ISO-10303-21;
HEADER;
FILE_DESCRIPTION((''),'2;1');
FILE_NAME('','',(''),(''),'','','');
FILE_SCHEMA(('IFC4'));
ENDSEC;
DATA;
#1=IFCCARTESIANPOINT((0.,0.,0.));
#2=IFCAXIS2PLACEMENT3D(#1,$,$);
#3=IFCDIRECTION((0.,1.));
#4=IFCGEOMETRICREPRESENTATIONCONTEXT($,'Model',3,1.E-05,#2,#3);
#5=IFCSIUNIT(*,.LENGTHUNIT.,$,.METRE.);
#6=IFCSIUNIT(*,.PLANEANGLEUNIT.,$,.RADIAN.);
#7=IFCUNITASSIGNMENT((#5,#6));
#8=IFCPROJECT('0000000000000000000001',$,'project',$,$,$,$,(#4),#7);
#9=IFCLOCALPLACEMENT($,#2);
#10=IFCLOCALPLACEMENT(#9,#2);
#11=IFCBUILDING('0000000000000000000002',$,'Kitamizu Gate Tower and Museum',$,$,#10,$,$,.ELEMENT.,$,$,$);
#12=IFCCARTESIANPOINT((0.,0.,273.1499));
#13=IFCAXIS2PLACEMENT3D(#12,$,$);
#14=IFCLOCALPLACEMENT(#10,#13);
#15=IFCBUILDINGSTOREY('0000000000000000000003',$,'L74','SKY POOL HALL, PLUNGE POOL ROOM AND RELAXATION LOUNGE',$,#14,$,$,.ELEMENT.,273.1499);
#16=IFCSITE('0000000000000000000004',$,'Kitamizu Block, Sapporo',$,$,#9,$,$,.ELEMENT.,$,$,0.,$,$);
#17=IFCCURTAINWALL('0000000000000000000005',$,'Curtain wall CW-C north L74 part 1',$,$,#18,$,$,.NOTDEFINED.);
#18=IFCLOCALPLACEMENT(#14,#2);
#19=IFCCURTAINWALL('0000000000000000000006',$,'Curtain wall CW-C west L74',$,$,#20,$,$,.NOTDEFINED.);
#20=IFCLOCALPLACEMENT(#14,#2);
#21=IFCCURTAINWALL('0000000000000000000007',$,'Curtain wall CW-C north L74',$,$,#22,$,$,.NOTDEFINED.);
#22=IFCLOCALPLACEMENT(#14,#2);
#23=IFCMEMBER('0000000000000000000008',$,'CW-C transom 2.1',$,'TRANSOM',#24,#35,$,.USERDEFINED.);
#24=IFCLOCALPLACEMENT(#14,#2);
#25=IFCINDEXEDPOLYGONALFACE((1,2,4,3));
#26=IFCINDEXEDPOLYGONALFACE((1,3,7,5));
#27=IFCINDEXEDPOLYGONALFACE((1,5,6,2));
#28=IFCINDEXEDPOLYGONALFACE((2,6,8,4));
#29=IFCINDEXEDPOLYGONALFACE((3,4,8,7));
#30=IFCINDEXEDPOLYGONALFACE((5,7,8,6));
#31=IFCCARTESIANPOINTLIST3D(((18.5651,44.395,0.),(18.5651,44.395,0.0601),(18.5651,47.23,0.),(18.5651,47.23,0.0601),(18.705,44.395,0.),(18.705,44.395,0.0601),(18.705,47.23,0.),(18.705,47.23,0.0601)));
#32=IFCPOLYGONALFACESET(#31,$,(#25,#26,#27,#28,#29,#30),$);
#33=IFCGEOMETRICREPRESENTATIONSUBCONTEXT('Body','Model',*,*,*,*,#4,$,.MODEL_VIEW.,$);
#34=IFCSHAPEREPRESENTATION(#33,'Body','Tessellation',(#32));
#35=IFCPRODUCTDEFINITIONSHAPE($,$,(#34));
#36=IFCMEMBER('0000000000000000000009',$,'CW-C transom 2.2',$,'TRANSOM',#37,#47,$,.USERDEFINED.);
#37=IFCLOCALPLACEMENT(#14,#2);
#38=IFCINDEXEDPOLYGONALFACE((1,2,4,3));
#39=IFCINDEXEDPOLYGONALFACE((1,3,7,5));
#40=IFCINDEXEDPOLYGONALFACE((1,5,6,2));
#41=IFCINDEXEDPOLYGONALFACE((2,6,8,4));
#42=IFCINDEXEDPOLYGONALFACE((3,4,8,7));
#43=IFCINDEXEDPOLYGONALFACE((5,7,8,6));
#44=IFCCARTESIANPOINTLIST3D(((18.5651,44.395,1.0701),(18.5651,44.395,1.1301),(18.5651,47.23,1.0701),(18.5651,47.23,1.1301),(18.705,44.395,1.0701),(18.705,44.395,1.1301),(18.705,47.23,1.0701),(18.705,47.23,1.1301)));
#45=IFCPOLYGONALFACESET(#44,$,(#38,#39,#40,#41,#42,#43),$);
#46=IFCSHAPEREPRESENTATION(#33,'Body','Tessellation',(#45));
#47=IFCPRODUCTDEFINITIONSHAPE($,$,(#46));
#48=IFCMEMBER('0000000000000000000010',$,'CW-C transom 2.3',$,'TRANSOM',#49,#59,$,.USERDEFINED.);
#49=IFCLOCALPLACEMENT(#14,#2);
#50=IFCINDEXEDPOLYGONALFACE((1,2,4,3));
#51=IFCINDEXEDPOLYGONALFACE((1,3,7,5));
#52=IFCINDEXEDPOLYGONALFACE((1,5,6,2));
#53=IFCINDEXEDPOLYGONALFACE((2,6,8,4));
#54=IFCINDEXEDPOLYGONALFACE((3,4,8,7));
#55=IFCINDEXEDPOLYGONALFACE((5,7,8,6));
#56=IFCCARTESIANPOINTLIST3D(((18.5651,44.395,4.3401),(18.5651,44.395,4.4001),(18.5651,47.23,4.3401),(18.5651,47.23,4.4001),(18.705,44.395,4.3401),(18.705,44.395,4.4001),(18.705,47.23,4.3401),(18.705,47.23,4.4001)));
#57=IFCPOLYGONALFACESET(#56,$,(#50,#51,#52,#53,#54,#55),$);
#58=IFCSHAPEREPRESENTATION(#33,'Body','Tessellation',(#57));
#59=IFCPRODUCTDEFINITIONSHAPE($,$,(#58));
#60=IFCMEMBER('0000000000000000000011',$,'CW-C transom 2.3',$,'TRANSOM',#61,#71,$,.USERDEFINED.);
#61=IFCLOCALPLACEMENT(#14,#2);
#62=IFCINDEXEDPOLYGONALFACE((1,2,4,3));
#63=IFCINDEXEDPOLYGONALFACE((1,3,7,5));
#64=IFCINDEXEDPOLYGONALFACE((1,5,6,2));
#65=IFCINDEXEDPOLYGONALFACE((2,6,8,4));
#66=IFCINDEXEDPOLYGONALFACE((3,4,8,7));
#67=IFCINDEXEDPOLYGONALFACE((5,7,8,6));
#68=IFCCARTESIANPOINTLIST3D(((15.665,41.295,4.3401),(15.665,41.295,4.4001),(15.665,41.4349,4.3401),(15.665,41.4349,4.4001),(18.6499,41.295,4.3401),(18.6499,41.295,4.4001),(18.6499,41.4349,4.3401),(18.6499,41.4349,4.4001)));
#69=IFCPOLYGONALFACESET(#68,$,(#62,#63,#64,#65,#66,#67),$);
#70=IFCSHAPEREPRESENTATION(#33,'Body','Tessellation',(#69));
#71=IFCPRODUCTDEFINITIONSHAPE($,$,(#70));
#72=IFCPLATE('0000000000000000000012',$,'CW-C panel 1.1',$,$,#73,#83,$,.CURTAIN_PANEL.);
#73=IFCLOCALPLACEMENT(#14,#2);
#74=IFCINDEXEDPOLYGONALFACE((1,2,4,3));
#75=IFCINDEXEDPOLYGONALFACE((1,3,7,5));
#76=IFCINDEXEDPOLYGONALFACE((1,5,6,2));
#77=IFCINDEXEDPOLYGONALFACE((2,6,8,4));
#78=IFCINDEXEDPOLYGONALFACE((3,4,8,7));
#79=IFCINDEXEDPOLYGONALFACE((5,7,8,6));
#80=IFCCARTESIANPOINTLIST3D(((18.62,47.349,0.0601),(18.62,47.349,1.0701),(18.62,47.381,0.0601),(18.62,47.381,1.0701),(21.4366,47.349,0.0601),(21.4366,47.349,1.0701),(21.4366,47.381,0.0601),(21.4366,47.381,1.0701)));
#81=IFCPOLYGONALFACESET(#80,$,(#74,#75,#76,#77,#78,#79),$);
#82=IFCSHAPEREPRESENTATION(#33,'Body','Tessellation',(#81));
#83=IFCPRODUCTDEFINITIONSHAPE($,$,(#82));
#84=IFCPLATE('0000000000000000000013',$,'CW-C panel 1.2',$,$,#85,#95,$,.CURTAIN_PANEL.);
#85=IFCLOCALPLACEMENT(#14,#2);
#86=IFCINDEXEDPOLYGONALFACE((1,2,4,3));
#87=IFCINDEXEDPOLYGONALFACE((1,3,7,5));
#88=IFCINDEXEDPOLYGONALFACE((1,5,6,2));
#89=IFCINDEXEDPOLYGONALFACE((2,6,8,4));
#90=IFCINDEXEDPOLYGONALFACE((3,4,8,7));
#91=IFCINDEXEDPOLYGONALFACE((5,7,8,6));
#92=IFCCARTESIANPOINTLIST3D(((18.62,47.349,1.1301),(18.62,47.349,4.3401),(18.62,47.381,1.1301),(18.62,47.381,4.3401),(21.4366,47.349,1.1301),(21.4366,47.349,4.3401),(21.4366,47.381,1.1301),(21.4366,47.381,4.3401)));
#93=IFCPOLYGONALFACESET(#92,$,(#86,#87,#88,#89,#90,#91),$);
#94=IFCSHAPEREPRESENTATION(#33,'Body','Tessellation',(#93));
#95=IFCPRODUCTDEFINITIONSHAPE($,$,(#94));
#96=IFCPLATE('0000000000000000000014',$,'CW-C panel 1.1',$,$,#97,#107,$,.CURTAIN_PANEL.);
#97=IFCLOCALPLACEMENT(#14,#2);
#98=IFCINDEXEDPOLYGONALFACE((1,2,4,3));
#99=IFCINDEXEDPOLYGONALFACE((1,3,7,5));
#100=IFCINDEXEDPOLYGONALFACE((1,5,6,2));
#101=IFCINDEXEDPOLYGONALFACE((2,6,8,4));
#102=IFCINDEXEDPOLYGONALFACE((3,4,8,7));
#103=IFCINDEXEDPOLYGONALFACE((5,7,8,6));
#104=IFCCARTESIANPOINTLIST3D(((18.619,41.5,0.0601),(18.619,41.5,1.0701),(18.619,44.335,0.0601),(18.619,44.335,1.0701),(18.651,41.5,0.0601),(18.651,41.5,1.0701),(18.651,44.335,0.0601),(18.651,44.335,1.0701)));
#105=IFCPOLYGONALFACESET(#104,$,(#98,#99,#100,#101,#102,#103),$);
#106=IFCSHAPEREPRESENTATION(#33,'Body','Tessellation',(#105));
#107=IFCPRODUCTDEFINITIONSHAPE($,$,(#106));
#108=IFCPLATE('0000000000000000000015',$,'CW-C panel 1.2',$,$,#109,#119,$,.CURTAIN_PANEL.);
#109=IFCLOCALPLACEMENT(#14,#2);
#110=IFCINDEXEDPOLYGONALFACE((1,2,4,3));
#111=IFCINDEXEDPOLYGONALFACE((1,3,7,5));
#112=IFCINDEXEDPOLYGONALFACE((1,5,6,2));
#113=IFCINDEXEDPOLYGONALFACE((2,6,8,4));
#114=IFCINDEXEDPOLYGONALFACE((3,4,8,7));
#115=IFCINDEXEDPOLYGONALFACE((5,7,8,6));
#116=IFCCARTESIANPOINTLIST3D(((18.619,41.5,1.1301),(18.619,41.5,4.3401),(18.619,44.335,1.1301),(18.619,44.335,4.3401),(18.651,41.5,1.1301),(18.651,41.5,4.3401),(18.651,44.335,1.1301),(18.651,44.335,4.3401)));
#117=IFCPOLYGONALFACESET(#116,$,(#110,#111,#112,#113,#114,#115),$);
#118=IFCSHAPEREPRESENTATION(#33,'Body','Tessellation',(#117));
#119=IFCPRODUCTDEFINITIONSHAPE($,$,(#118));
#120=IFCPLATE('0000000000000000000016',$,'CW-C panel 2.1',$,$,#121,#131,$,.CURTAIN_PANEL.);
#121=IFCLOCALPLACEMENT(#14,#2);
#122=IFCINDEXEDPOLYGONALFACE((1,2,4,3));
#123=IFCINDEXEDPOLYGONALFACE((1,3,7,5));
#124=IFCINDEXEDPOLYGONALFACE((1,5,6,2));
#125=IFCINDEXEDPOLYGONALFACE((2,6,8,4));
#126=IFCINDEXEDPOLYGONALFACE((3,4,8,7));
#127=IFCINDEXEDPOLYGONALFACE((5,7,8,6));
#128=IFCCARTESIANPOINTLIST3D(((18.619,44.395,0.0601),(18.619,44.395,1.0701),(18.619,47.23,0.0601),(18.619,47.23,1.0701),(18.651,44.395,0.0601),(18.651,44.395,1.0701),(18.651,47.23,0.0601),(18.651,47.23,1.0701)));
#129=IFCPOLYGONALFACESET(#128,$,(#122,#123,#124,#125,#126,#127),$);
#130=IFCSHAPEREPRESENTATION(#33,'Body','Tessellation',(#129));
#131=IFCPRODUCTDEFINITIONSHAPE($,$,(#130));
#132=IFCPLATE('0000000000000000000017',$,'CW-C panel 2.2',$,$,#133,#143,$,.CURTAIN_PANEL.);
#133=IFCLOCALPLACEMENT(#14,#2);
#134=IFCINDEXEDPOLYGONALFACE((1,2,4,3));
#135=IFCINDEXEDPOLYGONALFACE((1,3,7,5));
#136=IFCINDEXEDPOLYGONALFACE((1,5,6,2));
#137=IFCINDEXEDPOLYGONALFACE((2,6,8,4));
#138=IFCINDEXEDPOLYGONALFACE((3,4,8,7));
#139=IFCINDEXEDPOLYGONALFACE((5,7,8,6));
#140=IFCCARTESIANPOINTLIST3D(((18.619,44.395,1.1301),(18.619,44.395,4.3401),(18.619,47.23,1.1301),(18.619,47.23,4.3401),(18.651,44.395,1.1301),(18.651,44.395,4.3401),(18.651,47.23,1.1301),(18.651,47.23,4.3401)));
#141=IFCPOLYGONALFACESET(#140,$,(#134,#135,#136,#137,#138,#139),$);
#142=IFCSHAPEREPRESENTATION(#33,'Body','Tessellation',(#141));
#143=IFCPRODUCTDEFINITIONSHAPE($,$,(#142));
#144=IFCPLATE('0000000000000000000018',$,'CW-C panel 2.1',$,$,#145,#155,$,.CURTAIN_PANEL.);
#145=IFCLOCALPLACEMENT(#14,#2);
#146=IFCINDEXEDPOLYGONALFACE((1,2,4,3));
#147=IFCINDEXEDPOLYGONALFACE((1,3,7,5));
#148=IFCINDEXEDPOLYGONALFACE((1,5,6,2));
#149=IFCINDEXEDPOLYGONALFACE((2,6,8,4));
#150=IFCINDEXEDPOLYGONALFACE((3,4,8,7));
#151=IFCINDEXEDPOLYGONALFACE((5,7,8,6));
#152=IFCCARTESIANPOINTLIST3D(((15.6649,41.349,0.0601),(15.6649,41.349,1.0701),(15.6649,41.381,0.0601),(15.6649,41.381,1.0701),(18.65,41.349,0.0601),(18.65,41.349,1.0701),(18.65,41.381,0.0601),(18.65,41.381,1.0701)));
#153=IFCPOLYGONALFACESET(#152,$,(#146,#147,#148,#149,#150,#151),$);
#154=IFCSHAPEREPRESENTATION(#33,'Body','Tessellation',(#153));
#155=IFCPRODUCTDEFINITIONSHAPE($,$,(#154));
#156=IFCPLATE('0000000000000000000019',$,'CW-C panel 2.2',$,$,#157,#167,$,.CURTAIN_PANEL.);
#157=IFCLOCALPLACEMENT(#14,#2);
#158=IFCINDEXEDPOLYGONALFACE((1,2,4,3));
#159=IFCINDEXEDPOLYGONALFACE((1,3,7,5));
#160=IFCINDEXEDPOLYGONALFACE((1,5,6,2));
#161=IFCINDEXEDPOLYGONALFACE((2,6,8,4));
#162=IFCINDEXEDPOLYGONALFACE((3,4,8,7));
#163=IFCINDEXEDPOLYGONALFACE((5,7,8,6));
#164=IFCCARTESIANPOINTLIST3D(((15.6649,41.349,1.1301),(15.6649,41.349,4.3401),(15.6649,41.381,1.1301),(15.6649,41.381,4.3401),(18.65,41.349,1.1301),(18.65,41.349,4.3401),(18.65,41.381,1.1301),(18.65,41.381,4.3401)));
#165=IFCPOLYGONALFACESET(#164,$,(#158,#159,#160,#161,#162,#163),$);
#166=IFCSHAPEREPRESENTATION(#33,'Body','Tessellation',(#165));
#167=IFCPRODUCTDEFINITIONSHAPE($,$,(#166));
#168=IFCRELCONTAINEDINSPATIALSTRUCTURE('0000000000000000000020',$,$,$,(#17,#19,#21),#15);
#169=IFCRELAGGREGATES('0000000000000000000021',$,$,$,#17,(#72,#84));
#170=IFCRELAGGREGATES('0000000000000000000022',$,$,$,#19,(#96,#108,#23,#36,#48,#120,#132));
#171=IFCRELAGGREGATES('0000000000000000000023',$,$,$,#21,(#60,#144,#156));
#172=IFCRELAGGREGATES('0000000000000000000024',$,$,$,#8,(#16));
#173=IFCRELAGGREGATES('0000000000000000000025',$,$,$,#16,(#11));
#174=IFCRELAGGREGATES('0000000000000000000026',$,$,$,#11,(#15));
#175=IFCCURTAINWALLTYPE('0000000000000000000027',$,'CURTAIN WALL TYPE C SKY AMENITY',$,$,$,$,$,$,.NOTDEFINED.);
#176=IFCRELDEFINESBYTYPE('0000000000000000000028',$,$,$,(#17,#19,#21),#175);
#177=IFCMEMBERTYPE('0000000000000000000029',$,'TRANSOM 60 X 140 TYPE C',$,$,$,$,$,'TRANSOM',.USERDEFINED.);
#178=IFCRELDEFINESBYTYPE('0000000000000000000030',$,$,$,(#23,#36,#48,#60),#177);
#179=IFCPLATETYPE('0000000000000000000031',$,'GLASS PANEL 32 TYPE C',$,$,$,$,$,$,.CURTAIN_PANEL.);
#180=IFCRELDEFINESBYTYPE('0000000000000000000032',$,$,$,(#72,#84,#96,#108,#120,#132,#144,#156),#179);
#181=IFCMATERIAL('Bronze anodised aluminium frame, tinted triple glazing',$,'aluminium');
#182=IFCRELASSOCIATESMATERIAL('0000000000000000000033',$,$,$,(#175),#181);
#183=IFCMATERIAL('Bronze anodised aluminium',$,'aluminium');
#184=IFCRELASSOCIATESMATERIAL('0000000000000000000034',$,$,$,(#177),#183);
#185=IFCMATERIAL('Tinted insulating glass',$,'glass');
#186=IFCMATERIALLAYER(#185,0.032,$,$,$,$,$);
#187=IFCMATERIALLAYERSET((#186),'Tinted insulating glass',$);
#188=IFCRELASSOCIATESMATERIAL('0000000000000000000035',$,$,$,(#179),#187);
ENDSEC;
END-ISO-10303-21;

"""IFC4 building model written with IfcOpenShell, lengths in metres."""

from ifc_helpers import new_model, si_unit, direction, frame, origin, origin_2d, place, context, subcontext, project, spatial, rectangle, extrude, material, layer, layer_set, material_profile, profile_set, type_object, element, aggregate, save


model = new_model("IFC4")

# Units and contexts
model_context = context("Model", 3, precision=1e-05, world=origin(), true_north=direction((0.0, 1.0)))
body_context = subcontext(model_context, "Body", "Model", "MODEL_VIEW")
ifc_project = project(units=[si_unit("LENGTHUNIT", "METRE"), si_unit("PLANEANGLEUNIT", "RADIAN")], contexts=[model_context])

# Site, building, storey
site_placement = place(None, origin())
site = spatial("IfcSite", under=ifc_project, at=site_placement, Name="Kitamizu Block, Sapporo", CompositionType="ELEMENT", RefElevation=0.0)
building_placement = place(site_placement, origin())
building = spatial("IfcBuilding", under=site, at=building_placement, Name="Kitamizu Gate Tower and Museum", CompositionType="ELEMENT")
storey_placement = place(building_placement, frame((0.0, 0.0, 273.1499)))
storey = spatial("IfcBuildingStorey", under=building, at=storey_placement, Name="L74", Description="SKY POOL HALL, PLUNGE POOL ROOM AND RELAXATION LOUNGE", CompositionType="ELEMENT", Elevation=273.1499)

# Curtain walls
ifc_material_1 = material(Name="Bronze anodised aluminium frame, tinted triple glazing", Category="aluminium")
curtain_wall_type = type_object("IfcCurtainWallType", Name="CURTAIN WALL TYPE C SKY AMENITY", PredefinedType="NOTDEFINED", material=ifc_material_1)
curtain_wall_1_placement = place(storey_placement, origin())
curtain_wall_1 = element("IfcCurtainWall", 1, at=curtain_wall_1_placement, inside=storey, type_object=curtain_wall_type, Name="Curtain wall CW-C north L74 part 1", PredefinedType="NOTDEFINED")
curtain_wall_2_placement = place(storey_placement, origin())
curtain_wall_2 = element("IfcCurtainWall", 2, at=curtain_wall_2_placement, inside=storey, type_object=curtain_wall_type, Name="Curtain wall CW-C west L74", PredefinedType="NOTDEFINED")

# Curtain wall
curtain_wall_3_placement = place(storey_placement, origin())
curtain_wall_3 = element("IfcCurtainWall", 3, at=curtain_wall_3_placement, inside=storey, type_object=curtain_wall_type, Name="Curtain wall CW-C north L74", PredefinedType="NOTDEFINED")

# Members
ifc_material_2 = material(Name="Bronze anodised aluminium", Category="aluminium")
ifc_material_profile_1 = material_profile(ifc_material_2, rectangle(XDim=0.1399, YDim=0.0601, at=origin_2d()), Name="AL 60X140")
ifc_profile_set_1 = profile_set([ifc_material_profile_1], Name="Bronze anodised aluminium")
member_type_1 = type_object("IfcMemberType", Name="TRANSOM 60 X 140 TYPE C", ElementType="TRANSOM", PredefinedType="USERDEFINED", material=ifc_profile_set_1)
member_1_placement = place(storey_placement, frame((18.635, 44.395, 0.03), z_axis=(0.0, 1.0, 0.0), x_axis=(-1.0, 0.0, 0.0)))
member_1 = element("IfcMember", 4, at=member_1_placement, type_object=member_type_1, Name="CW-C transom 2.1", ObjectType="TRANSOM", PredefinedType="USERDEFINED", context=body_context, shape_type="SweptSolid", body=[
    extrude(rectangle(XDim=0.1399, YDim=0.0601, at=origin_2d()), origin(), (0.0, 0.0, 1.0), 2.835),
])
member_2_placement = place(storey_placement, frame((18.635, 44.395, 1.1001), z_axis=(0.0, 1.0, 0.0), x_axis=(-1.0, 0.0, 0.0)))
member_2 = element("IfcMember", 5, at=member_2_placement, type_object=member_type_1, Name="CW-C transom 2.2", ObjectType="TRANSOM", PredefinedType="USERDEFINED", context=body_context, shape_type="SweptSolid", body=[
    extrude(rectangle(XDim=0.1399, YDim=0.0601, at=origin_2d()), origin(), (0.0, 0.0, 1.0), 2.835),
])
member_3_placement = place(storey_placement, frame((18.635, 44.395, 4.3701), z_axis=(0.0, 1.0, 0.0), x_axis=(-1.0, 0.0, 0.0)))
member_3 = element("IfcMember", 6, at=member_3_placement, type_object=member_type_1, Name="CW-C transom 2.3", ObjectType="TRANSOM", PredefinedType="USERDEFINED", context=body_context, shape_type="SweptSolid", body=[
    extrude(rectangle(XDim=0.1399, YDim=0.0601, at=origin_2d()), origin(), (0.0, 0.0, 1.0), 2.835),
])
member_4_placement = place(storey_placement, frame((15.665, 41.365, 4.3701), z_axis=(1.0, 0.0, 0.0), x_axis=(0.0, 1.0, 0.0)))
member_4 = element("IfcMember", 7, at=member_4_placement, type_object=member_type_1, Name="CW-C transom 2.3", ObjectType="TRANSOM", PredefinedType="USERDEFINED", context=body_context, shape_type="SweptSolid", body=[
    extrude(rectangle(XDim=0.1399, YDim=0.0601, at=origin_2d()), origin(), (0.0, 0.0, 1.0), 2.9849),
])

# Plates
ifc_material_3 = material(Name="Tinted insulating glass", Category="glass")
ifc_layer = layer(ifc_material_3, 0.032)
ifc_layer_set = layer_set([ifc_layer], Name="Tinted insulating glass")
plate_type = type_object("IfcPlateType", Name="GLASS PANEL 32 TYPE C", PredefinedType="CURTAIN_PANEL", material=ifc_layer_set)
plate_1_placement = place(storey_placement, frame((20.0283, 47.365, 0.0601), z_axis=(0.0, 0.0, 1.0), x_axis=(1.0, 0.0, 0.0)))
plate_1 = element("IfcPlate", 8, at=plate_1_placement, type_object=plate_type, Name="CW-C panel 1.1", PredefinedType="CURTAIN_PANEL", context=body_context, shape_type="SweptSolid", body=[
    extrude(rectangle(XDim=2.8167, YDim=0.032, at=origin_2d()), origin(), (0.0, 0.0, 1.0), 1.01),
])
plate_2_placement = place(storey_placement, frame((20.0283, 47.365, 1.1301), z_axis=(0.0, 0.0, 1.0), x_axis=(1.0, 0.0, 0.0)))
plate_2 = element("IfcPlate", 9, at=plate_2_placement, type_object=plate_type, Name="CW-C panel 1.2", PredefinedType="CURTAIN_PANEL", context=body_context, shape_type="SweptSolid", body=[
    extrude(rectangle(XDim=2.8167, YDim=0.032, at=origin_2d()), origin(), (0.0, 0.0, 1.0), 3.21),
])
aggregate(curtain_wall_1, [plate_1, plate_2])
plate_3_placement = place(storey_placement, frame((18.635, 42.9175, 0.0601), z_axis=(0.0, 0.0, 1.0), x_axis=(0.0, 1.0, 0.0)))
plate_3 = element("IfcPlate", 10, at=plate_3_placement, type_object=plate_type, Name="CW-C panel 1.1", PredefinedType="CURTAIN_PANEL", context=body_context, shape_type="SweptSolid", body=[
    extrude(rectangle(XDim=2.835, YDim=0.032, at=origin_2d()), origin(), (0.0, 0.0, 1.0), 1.01),
])
plate_4_placement = place(storey_placement, frame((18.635, 42.9175, 1.1301), z_axis=(0.0, 0.0, 1.0), x_axis=(0.0, 1.0, 0.0)))
plate_4 = element("IfcPlate", 11, at=plate_4_placement, type_object=plate_type, Name="CW-C panel 1.2", PredefinedType="CURTAIN_PANEL", context=body_context, shape_type="SweptSolid", body=[
    extrude(rectangle(XDim=2.835, YDim=0.032, at=origin_2d()), origin(), (0.0, 0.0, 1.0), 3.21),
])
plate_5_placement = place(storey_placement, frame((18.635, 45.8125, 0.0601), z_axis=(0.0, 0.0, 1.0), x_axis=(0.0, 1.0, 0.0)))
plate_5 = element("IfcPlate", 12, at=plate_5_placement, type_object=plate_type, Name="CW-C panel 2.1", PredefinedType="CURTAIN_PANEL", context=body_context, shape_type="SweptSolid", body=[
    extrude(rectangle(XDim=2.835, YDim=0.032, at=origin_2d()), origin(), (0.0, 0.0, 1.0), 1.01),
])
plate_6_placement = place(storey_placement, frame((18.635, 45.8125, 1.1301), z_axis=(0.0, 0.0, 1.0), x_axis=(0.0, 1.0, 0.0)))
plate_6 = element("IfcPlate", 13, at=plate_6_placement, type_object=plate_type, Name="CW-C panel 2.2", PredefinedType="CURTAIN_PANEL", context=body_context, shape_type="SweptSolid", body=[
    extrude(rectangle(XDim=2.835, YDim=0.032, at=origin_2d()), origin(), (0.0, 0.0, 1.0), 3.21),
])
aggregate(curtain_wall_2, [plate_3, plate_4, member_1, member_2, member_3, plate_5, plate_6])
plate_7_placement = place(storey_placement, frame((17.1575, 41.365, 0.0601), z_axis=(0.0, 0.0, 1.0), x_axis=(1.0, 0.0, 0.0)))
plate_7 = element("IfcPlate", 14, at=plate_7_placement, type_object=plate_type, Name="CW-C panel 2.1", PredefinedType="CURTAIN_PANEL", context=body_context, shape_type="SweptSolid", body=[
    extrude(rectangle(XDim=2.9851, YDim=0.032, at=origin_2d()), origin(), (0.0, 0.0, 1.0), 1.01),
])
plate_8_placement = place(storey_placement, frame((17.1575, 41.365, 1.1301), z_axis=(0.0, 0.0, 1.0), x_axis=(1.0, 0.0, 0.0)))
plate_8 = element("IfcPlate", 15, at=plate_8_placement, type_object=plate_type, Name="CW-C panel 2.2", PredefinedType="CURTAIN_PANEL", context=body_context, shape_type="SweptSolid", body=[
    extrude(rectangle(XDim=2.9851, YDim=0.032, at=origin_2d()), origin(), (0.0, 0.0, 1.0), 3.21),
])
aggregate(curtain_wall_3, [member_4, plate_7, plate_8])

save(model, "model.ifc")
